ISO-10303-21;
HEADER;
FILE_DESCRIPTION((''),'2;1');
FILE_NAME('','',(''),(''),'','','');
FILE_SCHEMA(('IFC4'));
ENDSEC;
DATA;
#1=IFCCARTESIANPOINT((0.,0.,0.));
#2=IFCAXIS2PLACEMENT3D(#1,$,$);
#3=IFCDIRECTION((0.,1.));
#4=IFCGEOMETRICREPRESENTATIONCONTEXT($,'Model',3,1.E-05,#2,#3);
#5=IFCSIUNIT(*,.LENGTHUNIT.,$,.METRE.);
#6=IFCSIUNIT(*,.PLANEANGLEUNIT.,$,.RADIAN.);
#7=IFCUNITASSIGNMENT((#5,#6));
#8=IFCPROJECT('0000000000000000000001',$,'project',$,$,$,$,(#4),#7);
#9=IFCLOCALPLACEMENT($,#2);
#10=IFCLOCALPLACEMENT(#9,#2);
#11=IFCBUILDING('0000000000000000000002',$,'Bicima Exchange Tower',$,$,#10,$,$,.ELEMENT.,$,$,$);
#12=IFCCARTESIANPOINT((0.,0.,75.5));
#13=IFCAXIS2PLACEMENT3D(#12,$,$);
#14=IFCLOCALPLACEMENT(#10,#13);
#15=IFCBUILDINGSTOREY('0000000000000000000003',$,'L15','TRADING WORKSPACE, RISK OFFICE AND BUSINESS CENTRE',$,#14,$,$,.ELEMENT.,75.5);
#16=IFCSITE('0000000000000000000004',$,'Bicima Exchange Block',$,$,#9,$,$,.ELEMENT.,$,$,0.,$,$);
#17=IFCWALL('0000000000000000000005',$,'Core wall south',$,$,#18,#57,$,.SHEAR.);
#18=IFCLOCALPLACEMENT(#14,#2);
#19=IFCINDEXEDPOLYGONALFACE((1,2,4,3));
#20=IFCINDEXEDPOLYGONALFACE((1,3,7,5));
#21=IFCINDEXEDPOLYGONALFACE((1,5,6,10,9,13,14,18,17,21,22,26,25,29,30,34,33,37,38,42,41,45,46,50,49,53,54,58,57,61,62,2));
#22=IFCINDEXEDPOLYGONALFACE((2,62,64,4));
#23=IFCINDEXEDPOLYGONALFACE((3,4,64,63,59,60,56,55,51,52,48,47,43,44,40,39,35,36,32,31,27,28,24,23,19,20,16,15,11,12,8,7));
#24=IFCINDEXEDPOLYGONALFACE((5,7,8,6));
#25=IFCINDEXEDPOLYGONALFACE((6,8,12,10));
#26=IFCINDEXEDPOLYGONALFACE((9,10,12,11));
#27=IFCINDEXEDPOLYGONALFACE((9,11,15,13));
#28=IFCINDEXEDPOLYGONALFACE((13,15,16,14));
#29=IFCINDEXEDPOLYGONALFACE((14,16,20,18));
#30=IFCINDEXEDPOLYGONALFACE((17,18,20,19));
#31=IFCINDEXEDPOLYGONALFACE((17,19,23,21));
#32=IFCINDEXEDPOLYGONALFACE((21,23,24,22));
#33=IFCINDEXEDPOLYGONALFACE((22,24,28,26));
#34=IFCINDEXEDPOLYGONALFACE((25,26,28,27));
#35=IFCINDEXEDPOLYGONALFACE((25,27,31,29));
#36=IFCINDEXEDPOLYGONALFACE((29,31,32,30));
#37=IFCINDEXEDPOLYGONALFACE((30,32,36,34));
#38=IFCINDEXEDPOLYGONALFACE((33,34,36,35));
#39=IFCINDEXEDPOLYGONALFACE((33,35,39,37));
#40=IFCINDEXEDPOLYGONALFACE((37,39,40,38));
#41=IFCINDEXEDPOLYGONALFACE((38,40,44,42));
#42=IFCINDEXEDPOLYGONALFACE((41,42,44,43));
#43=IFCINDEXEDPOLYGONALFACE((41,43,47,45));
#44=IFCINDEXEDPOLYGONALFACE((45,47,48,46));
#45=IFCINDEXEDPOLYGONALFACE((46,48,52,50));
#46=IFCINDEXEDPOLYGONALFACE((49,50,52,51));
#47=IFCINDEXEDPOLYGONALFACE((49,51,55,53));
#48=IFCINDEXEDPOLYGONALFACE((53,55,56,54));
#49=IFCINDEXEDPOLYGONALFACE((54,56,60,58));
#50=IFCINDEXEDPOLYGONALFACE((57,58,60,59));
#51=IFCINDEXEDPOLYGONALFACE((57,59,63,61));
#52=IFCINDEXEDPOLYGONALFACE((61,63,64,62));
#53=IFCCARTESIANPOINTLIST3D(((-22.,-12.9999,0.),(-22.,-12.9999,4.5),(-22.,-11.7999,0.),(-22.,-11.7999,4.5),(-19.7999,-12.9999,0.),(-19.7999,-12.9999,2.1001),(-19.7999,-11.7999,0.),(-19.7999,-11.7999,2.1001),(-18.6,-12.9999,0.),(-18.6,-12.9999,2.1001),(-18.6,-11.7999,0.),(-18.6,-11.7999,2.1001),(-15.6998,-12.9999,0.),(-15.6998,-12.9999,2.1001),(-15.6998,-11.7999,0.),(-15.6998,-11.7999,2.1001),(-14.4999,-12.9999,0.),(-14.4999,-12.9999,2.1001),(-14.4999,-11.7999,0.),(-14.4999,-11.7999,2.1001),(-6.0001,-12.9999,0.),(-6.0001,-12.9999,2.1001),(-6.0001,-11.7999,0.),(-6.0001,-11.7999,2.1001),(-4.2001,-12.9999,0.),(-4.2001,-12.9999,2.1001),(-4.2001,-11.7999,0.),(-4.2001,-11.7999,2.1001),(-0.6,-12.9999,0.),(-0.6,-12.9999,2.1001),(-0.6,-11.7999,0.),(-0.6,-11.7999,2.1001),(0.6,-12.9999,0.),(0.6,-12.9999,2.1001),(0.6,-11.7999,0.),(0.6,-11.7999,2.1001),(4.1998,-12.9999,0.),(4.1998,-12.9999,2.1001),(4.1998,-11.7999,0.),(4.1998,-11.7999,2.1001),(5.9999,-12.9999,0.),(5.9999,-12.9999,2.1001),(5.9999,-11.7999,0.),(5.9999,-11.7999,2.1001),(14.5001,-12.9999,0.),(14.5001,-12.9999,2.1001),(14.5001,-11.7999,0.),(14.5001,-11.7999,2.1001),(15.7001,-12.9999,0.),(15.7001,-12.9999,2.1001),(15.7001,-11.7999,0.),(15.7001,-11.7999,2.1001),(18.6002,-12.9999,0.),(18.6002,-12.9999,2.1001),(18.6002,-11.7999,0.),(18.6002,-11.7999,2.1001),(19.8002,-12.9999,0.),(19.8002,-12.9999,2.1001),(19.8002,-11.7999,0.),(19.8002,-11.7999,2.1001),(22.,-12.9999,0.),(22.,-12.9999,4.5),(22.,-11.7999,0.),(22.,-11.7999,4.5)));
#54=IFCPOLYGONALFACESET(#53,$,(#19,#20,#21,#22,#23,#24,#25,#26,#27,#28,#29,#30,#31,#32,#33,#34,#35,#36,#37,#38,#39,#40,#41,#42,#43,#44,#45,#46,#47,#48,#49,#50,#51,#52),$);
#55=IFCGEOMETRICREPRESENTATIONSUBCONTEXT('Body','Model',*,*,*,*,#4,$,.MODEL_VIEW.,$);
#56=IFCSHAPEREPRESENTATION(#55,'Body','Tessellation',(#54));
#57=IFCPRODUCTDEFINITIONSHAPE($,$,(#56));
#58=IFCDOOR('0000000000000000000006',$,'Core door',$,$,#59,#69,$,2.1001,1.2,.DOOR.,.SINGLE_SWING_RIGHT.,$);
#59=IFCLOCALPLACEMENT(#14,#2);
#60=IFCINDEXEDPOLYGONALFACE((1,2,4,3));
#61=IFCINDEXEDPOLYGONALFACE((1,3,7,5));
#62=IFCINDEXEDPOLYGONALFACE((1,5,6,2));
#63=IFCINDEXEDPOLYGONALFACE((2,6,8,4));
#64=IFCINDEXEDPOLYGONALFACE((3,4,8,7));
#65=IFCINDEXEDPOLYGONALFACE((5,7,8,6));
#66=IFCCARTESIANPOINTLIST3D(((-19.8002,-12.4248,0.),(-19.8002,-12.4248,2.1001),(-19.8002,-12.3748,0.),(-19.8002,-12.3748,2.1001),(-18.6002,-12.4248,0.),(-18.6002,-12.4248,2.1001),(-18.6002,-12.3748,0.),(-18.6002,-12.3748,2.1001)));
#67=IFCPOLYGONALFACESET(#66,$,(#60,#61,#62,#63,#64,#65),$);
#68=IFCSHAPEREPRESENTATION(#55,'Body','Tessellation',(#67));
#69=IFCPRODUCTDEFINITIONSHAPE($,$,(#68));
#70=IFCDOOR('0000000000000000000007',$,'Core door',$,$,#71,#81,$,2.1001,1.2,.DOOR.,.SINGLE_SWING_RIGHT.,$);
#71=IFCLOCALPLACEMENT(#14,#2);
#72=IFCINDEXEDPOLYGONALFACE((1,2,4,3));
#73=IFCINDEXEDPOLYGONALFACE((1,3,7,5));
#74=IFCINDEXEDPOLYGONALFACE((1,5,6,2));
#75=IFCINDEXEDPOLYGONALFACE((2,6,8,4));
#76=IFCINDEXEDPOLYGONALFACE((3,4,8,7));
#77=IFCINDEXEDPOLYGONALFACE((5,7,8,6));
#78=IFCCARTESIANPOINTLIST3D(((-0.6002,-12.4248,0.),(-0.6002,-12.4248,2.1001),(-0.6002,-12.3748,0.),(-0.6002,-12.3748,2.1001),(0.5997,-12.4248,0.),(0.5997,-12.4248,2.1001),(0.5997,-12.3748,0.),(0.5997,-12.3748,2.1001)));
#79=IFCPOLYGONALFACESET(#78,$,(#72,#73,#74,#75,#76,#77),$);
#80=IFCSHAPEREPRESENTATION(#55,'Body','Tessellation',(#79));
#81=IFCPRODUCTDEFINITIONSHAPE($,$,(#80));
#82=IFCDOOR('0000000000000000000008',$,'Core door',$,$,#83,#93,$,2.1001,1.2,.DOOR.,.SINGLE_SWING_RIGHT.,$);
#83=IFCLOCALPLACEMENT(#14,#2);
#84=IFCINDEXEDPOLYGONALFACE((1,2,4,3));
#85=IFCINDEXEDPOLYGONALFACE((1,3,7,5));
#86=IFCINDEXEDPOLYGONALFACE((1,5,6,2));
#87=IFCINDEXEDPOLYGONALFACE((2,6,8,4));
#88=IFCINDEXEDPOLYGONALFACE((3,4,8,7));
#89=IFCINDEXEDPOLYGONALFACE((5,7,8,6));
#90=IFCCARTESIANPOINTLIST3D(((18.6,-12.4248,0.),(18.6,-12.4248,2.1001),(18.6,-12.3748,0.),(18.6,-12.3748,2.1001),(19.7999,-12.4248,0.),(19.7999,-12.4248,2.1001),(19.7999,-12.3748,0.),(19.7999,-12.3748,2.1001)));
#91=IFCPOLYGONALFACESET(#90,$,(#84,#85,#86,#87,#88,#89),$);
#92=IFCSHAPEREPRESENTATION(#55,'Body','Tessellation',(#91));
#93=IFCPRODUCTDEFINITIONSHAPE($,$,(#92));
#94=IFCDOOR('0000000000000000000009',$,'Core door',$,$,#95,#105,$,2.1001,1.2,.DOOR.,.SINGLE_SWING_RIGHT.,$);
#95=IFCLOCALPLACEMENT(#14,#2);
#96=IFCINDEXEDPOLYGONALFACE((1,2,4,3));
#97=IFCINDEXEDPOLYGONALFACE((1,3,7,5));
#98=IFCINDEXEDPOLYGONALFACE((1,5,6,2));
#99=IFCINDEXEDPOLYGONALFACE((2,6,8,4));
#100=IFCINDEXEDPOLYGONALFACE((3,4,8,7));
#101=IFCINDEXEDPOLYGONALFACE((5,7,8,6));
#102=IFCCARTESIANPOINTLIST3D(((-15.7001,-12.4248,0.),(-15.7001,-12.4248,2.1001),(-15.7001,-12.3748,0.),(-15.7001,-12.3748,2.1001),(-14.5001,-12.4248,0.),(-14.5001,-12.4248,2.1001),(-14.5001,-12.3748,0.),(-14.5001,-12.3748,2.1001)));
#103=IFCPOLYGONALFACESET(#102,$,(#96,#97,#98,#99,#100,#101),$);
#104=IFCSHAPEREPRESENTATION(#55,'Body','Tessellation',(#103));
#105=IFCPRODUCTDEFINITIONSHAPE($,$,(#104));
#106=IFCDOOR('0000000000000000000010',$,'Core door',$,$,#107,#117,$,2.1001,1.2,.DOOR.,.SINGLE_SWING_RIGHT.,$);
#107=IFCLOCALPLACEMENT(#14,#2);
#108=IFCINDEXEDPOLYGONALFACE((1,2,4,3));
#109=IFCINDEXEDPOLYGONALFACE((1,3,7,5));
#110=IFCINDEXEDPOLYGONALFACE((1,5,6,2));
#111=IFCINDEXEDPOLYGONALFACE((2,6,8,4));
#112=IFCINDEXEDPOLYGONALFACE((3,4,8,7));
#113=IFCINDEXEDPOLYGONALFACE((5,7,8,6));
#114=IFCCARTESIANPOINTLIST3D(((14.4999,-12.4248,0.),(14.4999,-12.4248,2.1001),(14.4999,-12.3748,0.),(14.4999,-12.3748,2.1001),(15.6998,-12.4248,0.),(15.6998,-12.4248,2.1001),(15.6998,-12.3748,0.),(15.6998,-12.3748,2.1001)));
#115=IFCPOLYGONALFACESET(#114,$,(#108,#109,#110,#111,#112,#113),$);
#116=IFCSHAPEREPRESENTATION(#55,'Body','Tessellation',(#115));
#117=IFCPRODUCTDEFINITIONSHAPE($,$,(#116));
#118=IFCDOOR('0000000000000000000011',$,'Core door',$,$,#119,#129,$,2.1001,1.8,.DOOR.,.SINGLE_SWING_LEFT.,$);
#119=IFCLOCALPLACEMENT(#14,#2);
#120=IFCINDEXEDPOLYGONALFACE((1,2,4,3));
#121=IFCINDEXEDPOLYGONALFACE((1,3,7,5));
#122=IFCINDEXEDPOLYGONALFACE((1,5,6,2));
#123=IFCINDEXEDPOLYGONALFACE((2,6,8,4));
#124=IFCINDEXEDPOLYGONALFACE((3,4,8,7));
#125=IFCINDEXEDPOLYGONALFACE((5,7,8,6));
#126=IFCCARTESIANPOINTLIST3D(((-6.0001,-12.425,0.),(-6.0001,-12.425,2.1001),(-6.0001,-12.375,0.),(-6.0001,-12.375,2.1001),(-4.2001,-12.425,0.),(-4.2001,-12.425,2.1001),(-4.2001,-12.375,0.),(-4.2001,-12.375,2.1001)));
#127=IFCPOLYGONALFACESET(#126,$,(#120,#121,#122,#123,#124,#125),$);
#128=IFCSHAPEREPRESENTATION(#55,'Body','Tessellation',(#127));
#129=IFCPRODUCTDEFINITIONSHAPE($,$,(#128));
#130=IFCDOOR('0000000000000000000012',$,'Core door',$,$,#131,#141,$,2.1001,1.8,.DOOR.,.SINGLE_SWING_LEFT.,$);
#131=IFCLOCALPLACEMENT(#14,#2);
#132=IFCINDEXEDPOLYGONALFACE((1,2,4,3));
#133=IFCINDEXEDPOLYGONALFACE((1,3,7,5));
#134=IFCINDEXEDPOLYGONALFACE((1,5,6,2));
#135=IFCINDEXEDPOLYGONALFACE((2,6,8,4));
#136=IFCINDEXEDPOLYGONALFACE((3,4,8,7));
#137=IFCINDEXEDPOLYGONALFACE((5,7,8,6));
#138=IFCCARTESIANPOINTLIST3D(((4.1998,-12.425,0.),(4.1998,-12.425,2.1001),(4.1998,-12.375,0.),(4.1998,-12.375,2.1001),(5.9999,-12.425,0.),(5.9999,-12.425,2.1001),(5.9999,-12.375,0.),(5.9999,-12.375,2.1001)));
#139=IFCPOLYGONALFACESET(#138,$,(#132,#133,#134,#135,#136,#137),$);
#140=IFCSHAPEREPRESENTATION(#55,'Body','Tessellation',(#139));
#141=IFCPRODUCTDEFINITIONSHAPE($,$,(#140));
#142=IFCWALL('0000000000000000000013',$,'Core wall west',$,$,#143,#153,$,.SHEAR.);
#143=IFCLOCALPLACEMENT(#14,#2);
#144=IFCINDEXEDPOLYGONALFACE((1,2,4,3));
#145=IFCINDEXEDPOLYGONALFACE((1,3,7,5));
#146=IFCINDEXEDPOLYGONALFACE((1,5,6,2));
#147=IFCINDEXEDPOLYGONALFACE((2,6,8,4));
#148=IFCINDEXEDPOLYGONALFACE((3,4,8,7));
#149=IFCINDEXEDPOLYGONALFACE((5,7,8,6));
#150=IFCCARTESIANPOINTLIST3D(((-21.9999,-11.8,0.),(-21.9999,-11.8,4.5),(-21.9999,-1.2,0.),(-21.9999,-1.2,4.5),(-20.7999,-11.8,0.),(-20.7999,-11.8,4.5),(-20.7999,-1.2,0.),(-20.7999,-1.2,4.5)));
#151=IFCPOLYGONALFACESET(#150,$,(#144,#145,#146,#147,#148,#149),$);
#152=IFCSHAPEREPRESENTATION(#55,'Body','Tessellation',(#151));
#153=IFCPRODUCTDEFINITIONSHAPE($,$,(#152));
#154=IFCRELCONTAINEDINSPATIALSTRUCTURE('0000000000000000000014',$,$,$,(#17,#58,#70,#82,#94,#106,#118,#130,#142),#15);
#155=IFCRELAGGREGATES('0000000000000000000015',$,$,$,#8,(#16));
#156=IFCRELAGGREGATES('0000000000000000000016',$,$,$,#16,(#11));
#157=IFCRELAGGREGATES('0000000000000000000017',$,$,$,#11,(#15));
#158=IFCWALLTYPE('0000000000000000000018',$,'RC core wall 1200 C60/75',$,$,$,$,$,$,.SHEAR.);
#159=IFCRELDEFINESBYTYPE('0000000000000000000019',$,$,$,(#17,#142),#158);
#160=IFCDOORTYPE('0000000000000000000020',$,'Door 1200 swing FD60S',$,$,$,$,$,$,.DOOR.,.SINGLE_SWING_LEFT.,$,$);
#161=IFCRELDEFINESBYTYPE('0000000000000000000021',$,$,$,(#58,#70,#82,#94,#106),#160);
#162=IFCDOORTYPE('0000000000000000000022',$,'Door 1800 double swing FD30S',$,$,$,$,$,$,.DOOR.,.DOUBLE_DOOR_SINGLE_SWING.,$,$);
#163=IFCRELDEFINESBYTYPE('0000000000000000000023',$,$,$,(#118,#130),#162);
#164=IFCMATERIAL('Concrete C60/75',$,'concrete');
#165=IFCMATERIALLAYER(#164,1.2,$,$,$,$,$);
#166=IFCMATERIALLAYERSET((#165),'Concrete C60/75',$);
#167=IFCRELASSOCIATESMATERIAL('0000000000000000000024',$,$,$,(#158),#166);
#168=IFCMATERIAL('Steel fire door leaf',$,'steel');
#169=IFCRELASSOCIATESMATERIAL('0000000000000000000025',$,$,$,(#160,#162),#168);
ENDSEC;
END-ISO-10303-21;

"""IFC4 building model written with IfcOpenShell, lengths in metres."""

from ifc_helpers import new_model, si_unit, direction, frame, frame_2d, origin, place, context, subcontext, project, spatial, rectangle, extrude, material, layer, layer_set, type_object, element, fill, save


model = new_model("IFC4")

# Units and contexts
model_context = context("Model", 3, precision=1e-05, world=origin(), true_north=direction((0.0, 1.0)))
body_context = subcontext(model_context, "Body", "Model", "MODEL_VIEW")
ifc_project = project(units=[si_unit("LENGTHUNIT", "METRE"), si_unit("PLANEANGLEUNIT", "RADIAN")], contexts=[model_context])

# Site, building, storey
site_placement = place(None, origin())
site = spatial("IfcSite", under=ifc_project, at=site_placement, Name="Bicima Exchange Block", CompositionType="ELEMENT", RefElevation=0.0)
building_placement = place(site_placement, origin())
building = spatial("IfcBuilding", under=site, at=building_placement, Name="Bicima Exchange Tower", CompositionType="ELEMENT")
storey_placement = place(building_placement, frame((0.0, 0.0, 75.5)))
storey = spatial("IfcBuildingStorey", under=building, at=storey_placement, Name="L15", Description="TRADING WORKSPACE, RISK OFFICE AND BUSINESS CENTRE", CompositionType="ELEMENT", Elevation=75.5)

# Wall, openings, doors
ifc_material_1 = material(Name="Concrete C60/75", Category="concrete")
ifc_layer_1 = layer(ifc_material_1, 1.2)
ifc_layer_set_1 = layer_set([ifc_layer_1], Name="Concrete C60/75")
wall_type_1 = type_object("IfcWallType", Name="RC core wall 1200 C60/75", PredefinedType="SHEAR", material=ifc_layer_set_1)
wall_1_placement = place(storey_placement, frame((-22.0, -12.3999, 0.0), z_axis=(0.0, 0.0, 1.0), x_axis=(1.0, 0.0, 0.0)))
wall_1 = element("IfcWall", 1, at=wall_1_placement, inside=storey, type_object=wall_type_1, Name="Core wall south", PredefinedType="SHEAR", context=body_context, shape_type="SweptSolid", body=[
    extrude(rectangle(XDim=44.0, YDim=1.2, at=frame_2d((22.0, 0.0))), origin(), (0.0, 0.0, 1.0), 4.5),
])
opening_1_placement = place(wall_1_placement, frame((2.2, 0.0, 0.0)))
opening_1 = element("IfcOpeningElement", 2, at=opening_1_placement, cuts=wall_1, PredefinedType="OPENING", context=body_context, shape_type="SweptSolid", body=[
    extrude(rectangle(XDim=1.2, YDim=2.1001, at=frame_2d((0.6001, 1.05))), frame((0.0, 0.6118, 0.0), z_axis=(0.0, -1.0, 0.0), x_axis=(1.0, 0.0, 0.0)), (0.0, 0.0, 1.0), 1.2239),
])
opening_2_placement = place(wall_1_placement, frame((21.3999, 0.0, 0.0)))
opening_2 = element("IfcOpeningElement", 3, at=opening_2_placement, cuts=wall_1, PredefinedType="OPENING", context=body_context, shape_type="SweptSolid", body=[
    extrude(rectangle(XDim=1.2, YDim=2.1001, at=frame_2d((0.6001, 1.05))), frame((0.0, 0.6118, 0.0), z_axis=(0.0, -1.0, 0.0), x_axis=(1.0, 0.0, 0.0)), (0.0, 0.0, 1.0), 1.2239),
])
opening_3_placement = place(wall_1_placement, frame((40.6001, 0.0, 0.0)))
opening_3 = element("IfcOpeningElement", 4, at=opening_3_placement, cuts=wall_1, PredefinedType="OPENING", context=body_context, shape_type="SweptSolid", body=[
    extrude(rectangle(XDim=1.2, YDim=2.1001, at=frame_2d((0.6001, 1.05))), frame((0.0, 0.6118, 0.0), z_axis=(0.0, -1.0, 0.0), x_axis=(1.0, 0.0, 0.0)), (0.0, 0.0, 1.0), 1.2239),
])
opening_4_placement = place(wall_1_placement, frame((16.0, 0.0, 0.0)))
opening_4 = element("IfcOpeningElement", 5, at=opening_4_placement, cuts=wall_1, PredefinedType="OPENING", context=body_context, shape_type="SweptSolid", body=[
    extrude(rectangle(XDim=1.8, YDim=2.1001, at=frame_2d((0.8999, 1.05))), frame((0.0, 0.6118, 0.0), z_axis=(0.0, -1.0, 0.0), x_axis=(1.0, 0.0, 0.0)), (0.0, 0.0, 1.0), 1.2239),
])
opening_5_placement = place(wall_1_placement, frame((6.3, 0.0, 0.0)))
opening_5 = element("IfcOpeningElement", 6, at=opening_5_placement, cuts=wall_1, PredefinedType="OPENING", context=body_context, shape_type="SweptSolid", body=[
    extrude(rectangle(XDim=1.2, YDim=2.1001, at=frame_2d((0.6001, 1.05))), frame((0.0, 0.6118, 0.0), z_axis=(0.0, -1.0, 0.0), x_axis=(1.0, 0.0, 0.0)), (0.0, 0.0, 1.0), 1.2239),
])
opening_6_placement = place(wall_1_placement, frame((26.2, 0.0, 0.0)))
opening_6 = element("IfcOpeningElement", 7, at=opening_6_placement, cuts=wall_1, PredefinedType="OPENING", context=body_context, shape_type="SweptSolid", body=[
    extrude(rectangle(XDim=1.8, YDim=2.1001, at=frame_2d((0.8999, 1.05))), frame((0.0, 0.6118, 0.0), z_axis=(0.0, -1.0, 0.0), x_axis=(1.0, 0.0, 0.0)), (0.0, 0.0, 1.0), 1.2239),
])
opening_7_placement = place(wall_1_placement, frame((36.5, 0.0, 0.0)))
opening_7 = element("IfcOpeningElement", 8, at=opening_7_placement, cuts=wall_1, PredefinedType="OPENING", context=body_context, shape_type="SweptSolid", body=[
    extrude(rectangle(XDim=1.2, YDim=2.1001, at=frame_2d((0.6001, 1.05))), frame((0.0, 0.6118, 0.0), z_axis=(0.0, -1.0, 0.0), x_axis=(1.0, 0.0, 0.0)), (0.0, 0.0, 1.0), 1.2239),
])
ifc_material_2 = material(Name="Steel fire door leaf", Category="steel")
door_type_1 = type_object("IfcDoorType", Name="Door 1200 swing FD60S", OperationType="SINGLE_SWING_LEFT", PredefinedType="DOOR", material=ifc_material_2)
door_1_placement = place(opening_1_placement, frame((1.2, 0.0, 0.0), z_axis=(0.0, 0.0, 1.0), x_axis=(-1.0, 0.0, 0.0)))
door_1 = element("IfcDoor", 9, at=door_1_placement, inside=storey, type_object=door_type_1, Name="Core door", OperationType="SINGLE_SWING_RIGHT", OverallHeight=2.1001, OverallWidth=1.2, PredefinedType="DOOR", context=body_context, shape_type="SweptSolid", body=[
    extrude(rectangle(XDim=1.2, YDim=2.1001, at=frame_2d((0.6001, 1.05))), frame((0.0, 0.0249, 0.0), z_axis=(0.0, -1.0, 0.0), x_axis=(1.0, 0.0, 0.0)), (0.0, 0.0, 1.0), 0.05),
])
fill(opening_1, door_1)
door_2_placement = place(opening_2_placement, frame((1.2, 0.0, 0.0), z_axis=(0.0, 0.0, 1.0), x_axis=(-1.0, 0.0, 0.0)))
door_2 = element("IfcDoor", 10, at=door_2_placement, inside=storey, type_object=door_type_1, Name="Core door", OperationType="SINGLE_SWING_RIGHT", OverallHeight=2.1001, OverallWidth=1.2, PredefinedType="DOOR", context=body_context, shape_type="SweptSolid", body=[
    extrude(rectangle(XDim=1.2, YDim=2.1001, at=frame_2d((0.6001, 1.05))), frame((0.0, 0.0249, 0.0), z_axis=(0.0, -1.0, 0.0), x_axis=(1.0, 0.0, 0.0)), (0.0, 0.0, 1.0), 0.05),
])
fill(opening_2, door_2)
door_3_placement = place(opening_3_placement, frame((1.2, 0.0, 0.0), z_axis=(0.0, 0.0, 1.0), x_axis=(-1.0, 0.0, 0.0)))
door_3 = element("IfcDoor", 11, at=door_3_placement, inside=storey, type_object=door_type_1, Name="Core door", OperationType="SINGLE_SWING_RIGHT", OverallHeight=2.1001, OverallWidth=1.2, PredefinedType="DOOR", context=body_context, shape_type="SweptSolid", body=[
    extrude(rectangle(XDim=1.2, YDim=2.1001, at=frame_2d((0.6001, 1.05))), frame((0.0, 0.0249, 0.0), z_axis=(0.0, -1.0, 0.0), x_axis=(1.0, 0.0, 0.0)), (0.0, 0.0, 1.0), 0.05),
])
fill(opening_3, door_3)
door_4_placement = place(opening_5_placement, frame((1.2, 0.0, 0.0), z_axis=(0.0, 0.0, 1.0), x_axis=(-1.0, 0.0, 0.0)))
door_4 = element("IfcDoor", 12, at=door_4_placement, inside=storey, type_object=door_type_1, Name="Core door", OperationType="SINGLE_SWING_RIGHT", OverallHeight=2.1001, OverallWidth=1.2, PredefinedType="DOOR", context=body_context, shape_type="SweptSolid", body=[
    extrude(rectangle(XDim=1.2, YDim=2.1001, at=frame_2d((0.6001, 1.05))), frame((0.0, 0.0249, 0.0), z_axis=(0.0, -1.0, 0.0), x_axis=(1.0, 0.0, 0.0)), (0.0, 0.0, 1.0), 0.05),
])
fill(opening_5, door_4)
door_5_placement = place(opening_7_placement, frame((1.2, 0.0, 0.0), z_axis=(0.0, 0.0, 1.0), x_axis=(-1.0, 0.0, 0.0)))
door_5 = element("IfcDoor", 13, at=door_5_placement, inside=storey, type_object=door_type_1, Name="Core door", OperationType="SINGLE_SWING_RIGHT", OverallHeight=2.1001, OverallWidth=1.2, PredefinedType="DOOR", context=body_context, shape_type="SweptSolid", body=[
    extrude(rectangle(XDim=1.2, YDim=2.1001, at=frame_2d((0.6001, 1.05))), frame((0.0, 0.0249, 0.0), z_axis=(0.0, -1.0, 0.0), x_axis=(1.0, 0.0, 0.0)), (0.0, 0.0, 1.0), 0.05),
])
fill(opening_7, door_5)
door_type_2 = type_object("IfcDoorType", Name="Door 1800 double swing FD30S", OperationType="DOUBLE_DOOR_SINGLE_SWING", PredefinedType="DOOR", material=ifc_material_2)
door_6_placement = place(opening_4_placement, origin())
door_6 = element("IfcDoor", 14, at=door_6_placement, inside=storey, type_object=door_type_2, Name="Core door", OperationType="SINGLE_SWING_LEFT", OverallHeight=2.1001, OverallWidth=1.8, PredefinedType="DOOR", context=body_context, shape_type="SweptSolid", body=[
    extrude(rectangle(XDim=1.8, YDim=2.1001, at=frame_2d((0.8999, 1.05))), frame((0.0, 0.0249, 0.0), z_axis=(0.0, -1.0, 0.0), x_axis=(1.0, 0.0, 0.0)), (0.0, 0.0, 1.0), 0.05),
])
fill(opening_4, door_6)
door_7_placement = place(opening_6_placement, origin())
door_7 = element("IfcDoor", 15, at=door_7_placement, inside=storey, type_object=door_type_2, Name="Core door", OperationType="SINGLE_SWING_LEFT", OverallHeight=2.1001, OverallWidth=1.8, PredefinedType="DOOR", context=body_context, shape_type="SweptSolid", body=[
    extrude(rectangle(XDim=1.8, YDim=2.1001, at=frame_2d((0.8999, 1.05))), frame((0.0, 0.0249, 0.0), z_axis=(0.0, -1.0, 0.0), x_axis=(1.0, 0.0, 0.0)), (0.0, 0.0, 1.0), 0.05),
])
fill(opening_6, door_7)

# Wall
wall_2_placement = place(storey_placement, frame((-21.3999, -11.8, 0.0), z_axis=(0.0, 0.0, 1.0), x_axis=(0.0, 1.0, 0.0)))
element("IfcWall", 16, at=wall_2_placement, inside=storey, type_object=wall_type_1, Name="Core wall west", PredefinedType="SHEAR", context=body_context, shape_type="SweptSolid", body=[
    extrude(rectangle(XDim=10.6001, YDim=1.2, at=frame_2d((5.3, 0.0))), origin(), (0.0, 0.0, 1.0), 4.5),
])

save(model, "model.ifc")
